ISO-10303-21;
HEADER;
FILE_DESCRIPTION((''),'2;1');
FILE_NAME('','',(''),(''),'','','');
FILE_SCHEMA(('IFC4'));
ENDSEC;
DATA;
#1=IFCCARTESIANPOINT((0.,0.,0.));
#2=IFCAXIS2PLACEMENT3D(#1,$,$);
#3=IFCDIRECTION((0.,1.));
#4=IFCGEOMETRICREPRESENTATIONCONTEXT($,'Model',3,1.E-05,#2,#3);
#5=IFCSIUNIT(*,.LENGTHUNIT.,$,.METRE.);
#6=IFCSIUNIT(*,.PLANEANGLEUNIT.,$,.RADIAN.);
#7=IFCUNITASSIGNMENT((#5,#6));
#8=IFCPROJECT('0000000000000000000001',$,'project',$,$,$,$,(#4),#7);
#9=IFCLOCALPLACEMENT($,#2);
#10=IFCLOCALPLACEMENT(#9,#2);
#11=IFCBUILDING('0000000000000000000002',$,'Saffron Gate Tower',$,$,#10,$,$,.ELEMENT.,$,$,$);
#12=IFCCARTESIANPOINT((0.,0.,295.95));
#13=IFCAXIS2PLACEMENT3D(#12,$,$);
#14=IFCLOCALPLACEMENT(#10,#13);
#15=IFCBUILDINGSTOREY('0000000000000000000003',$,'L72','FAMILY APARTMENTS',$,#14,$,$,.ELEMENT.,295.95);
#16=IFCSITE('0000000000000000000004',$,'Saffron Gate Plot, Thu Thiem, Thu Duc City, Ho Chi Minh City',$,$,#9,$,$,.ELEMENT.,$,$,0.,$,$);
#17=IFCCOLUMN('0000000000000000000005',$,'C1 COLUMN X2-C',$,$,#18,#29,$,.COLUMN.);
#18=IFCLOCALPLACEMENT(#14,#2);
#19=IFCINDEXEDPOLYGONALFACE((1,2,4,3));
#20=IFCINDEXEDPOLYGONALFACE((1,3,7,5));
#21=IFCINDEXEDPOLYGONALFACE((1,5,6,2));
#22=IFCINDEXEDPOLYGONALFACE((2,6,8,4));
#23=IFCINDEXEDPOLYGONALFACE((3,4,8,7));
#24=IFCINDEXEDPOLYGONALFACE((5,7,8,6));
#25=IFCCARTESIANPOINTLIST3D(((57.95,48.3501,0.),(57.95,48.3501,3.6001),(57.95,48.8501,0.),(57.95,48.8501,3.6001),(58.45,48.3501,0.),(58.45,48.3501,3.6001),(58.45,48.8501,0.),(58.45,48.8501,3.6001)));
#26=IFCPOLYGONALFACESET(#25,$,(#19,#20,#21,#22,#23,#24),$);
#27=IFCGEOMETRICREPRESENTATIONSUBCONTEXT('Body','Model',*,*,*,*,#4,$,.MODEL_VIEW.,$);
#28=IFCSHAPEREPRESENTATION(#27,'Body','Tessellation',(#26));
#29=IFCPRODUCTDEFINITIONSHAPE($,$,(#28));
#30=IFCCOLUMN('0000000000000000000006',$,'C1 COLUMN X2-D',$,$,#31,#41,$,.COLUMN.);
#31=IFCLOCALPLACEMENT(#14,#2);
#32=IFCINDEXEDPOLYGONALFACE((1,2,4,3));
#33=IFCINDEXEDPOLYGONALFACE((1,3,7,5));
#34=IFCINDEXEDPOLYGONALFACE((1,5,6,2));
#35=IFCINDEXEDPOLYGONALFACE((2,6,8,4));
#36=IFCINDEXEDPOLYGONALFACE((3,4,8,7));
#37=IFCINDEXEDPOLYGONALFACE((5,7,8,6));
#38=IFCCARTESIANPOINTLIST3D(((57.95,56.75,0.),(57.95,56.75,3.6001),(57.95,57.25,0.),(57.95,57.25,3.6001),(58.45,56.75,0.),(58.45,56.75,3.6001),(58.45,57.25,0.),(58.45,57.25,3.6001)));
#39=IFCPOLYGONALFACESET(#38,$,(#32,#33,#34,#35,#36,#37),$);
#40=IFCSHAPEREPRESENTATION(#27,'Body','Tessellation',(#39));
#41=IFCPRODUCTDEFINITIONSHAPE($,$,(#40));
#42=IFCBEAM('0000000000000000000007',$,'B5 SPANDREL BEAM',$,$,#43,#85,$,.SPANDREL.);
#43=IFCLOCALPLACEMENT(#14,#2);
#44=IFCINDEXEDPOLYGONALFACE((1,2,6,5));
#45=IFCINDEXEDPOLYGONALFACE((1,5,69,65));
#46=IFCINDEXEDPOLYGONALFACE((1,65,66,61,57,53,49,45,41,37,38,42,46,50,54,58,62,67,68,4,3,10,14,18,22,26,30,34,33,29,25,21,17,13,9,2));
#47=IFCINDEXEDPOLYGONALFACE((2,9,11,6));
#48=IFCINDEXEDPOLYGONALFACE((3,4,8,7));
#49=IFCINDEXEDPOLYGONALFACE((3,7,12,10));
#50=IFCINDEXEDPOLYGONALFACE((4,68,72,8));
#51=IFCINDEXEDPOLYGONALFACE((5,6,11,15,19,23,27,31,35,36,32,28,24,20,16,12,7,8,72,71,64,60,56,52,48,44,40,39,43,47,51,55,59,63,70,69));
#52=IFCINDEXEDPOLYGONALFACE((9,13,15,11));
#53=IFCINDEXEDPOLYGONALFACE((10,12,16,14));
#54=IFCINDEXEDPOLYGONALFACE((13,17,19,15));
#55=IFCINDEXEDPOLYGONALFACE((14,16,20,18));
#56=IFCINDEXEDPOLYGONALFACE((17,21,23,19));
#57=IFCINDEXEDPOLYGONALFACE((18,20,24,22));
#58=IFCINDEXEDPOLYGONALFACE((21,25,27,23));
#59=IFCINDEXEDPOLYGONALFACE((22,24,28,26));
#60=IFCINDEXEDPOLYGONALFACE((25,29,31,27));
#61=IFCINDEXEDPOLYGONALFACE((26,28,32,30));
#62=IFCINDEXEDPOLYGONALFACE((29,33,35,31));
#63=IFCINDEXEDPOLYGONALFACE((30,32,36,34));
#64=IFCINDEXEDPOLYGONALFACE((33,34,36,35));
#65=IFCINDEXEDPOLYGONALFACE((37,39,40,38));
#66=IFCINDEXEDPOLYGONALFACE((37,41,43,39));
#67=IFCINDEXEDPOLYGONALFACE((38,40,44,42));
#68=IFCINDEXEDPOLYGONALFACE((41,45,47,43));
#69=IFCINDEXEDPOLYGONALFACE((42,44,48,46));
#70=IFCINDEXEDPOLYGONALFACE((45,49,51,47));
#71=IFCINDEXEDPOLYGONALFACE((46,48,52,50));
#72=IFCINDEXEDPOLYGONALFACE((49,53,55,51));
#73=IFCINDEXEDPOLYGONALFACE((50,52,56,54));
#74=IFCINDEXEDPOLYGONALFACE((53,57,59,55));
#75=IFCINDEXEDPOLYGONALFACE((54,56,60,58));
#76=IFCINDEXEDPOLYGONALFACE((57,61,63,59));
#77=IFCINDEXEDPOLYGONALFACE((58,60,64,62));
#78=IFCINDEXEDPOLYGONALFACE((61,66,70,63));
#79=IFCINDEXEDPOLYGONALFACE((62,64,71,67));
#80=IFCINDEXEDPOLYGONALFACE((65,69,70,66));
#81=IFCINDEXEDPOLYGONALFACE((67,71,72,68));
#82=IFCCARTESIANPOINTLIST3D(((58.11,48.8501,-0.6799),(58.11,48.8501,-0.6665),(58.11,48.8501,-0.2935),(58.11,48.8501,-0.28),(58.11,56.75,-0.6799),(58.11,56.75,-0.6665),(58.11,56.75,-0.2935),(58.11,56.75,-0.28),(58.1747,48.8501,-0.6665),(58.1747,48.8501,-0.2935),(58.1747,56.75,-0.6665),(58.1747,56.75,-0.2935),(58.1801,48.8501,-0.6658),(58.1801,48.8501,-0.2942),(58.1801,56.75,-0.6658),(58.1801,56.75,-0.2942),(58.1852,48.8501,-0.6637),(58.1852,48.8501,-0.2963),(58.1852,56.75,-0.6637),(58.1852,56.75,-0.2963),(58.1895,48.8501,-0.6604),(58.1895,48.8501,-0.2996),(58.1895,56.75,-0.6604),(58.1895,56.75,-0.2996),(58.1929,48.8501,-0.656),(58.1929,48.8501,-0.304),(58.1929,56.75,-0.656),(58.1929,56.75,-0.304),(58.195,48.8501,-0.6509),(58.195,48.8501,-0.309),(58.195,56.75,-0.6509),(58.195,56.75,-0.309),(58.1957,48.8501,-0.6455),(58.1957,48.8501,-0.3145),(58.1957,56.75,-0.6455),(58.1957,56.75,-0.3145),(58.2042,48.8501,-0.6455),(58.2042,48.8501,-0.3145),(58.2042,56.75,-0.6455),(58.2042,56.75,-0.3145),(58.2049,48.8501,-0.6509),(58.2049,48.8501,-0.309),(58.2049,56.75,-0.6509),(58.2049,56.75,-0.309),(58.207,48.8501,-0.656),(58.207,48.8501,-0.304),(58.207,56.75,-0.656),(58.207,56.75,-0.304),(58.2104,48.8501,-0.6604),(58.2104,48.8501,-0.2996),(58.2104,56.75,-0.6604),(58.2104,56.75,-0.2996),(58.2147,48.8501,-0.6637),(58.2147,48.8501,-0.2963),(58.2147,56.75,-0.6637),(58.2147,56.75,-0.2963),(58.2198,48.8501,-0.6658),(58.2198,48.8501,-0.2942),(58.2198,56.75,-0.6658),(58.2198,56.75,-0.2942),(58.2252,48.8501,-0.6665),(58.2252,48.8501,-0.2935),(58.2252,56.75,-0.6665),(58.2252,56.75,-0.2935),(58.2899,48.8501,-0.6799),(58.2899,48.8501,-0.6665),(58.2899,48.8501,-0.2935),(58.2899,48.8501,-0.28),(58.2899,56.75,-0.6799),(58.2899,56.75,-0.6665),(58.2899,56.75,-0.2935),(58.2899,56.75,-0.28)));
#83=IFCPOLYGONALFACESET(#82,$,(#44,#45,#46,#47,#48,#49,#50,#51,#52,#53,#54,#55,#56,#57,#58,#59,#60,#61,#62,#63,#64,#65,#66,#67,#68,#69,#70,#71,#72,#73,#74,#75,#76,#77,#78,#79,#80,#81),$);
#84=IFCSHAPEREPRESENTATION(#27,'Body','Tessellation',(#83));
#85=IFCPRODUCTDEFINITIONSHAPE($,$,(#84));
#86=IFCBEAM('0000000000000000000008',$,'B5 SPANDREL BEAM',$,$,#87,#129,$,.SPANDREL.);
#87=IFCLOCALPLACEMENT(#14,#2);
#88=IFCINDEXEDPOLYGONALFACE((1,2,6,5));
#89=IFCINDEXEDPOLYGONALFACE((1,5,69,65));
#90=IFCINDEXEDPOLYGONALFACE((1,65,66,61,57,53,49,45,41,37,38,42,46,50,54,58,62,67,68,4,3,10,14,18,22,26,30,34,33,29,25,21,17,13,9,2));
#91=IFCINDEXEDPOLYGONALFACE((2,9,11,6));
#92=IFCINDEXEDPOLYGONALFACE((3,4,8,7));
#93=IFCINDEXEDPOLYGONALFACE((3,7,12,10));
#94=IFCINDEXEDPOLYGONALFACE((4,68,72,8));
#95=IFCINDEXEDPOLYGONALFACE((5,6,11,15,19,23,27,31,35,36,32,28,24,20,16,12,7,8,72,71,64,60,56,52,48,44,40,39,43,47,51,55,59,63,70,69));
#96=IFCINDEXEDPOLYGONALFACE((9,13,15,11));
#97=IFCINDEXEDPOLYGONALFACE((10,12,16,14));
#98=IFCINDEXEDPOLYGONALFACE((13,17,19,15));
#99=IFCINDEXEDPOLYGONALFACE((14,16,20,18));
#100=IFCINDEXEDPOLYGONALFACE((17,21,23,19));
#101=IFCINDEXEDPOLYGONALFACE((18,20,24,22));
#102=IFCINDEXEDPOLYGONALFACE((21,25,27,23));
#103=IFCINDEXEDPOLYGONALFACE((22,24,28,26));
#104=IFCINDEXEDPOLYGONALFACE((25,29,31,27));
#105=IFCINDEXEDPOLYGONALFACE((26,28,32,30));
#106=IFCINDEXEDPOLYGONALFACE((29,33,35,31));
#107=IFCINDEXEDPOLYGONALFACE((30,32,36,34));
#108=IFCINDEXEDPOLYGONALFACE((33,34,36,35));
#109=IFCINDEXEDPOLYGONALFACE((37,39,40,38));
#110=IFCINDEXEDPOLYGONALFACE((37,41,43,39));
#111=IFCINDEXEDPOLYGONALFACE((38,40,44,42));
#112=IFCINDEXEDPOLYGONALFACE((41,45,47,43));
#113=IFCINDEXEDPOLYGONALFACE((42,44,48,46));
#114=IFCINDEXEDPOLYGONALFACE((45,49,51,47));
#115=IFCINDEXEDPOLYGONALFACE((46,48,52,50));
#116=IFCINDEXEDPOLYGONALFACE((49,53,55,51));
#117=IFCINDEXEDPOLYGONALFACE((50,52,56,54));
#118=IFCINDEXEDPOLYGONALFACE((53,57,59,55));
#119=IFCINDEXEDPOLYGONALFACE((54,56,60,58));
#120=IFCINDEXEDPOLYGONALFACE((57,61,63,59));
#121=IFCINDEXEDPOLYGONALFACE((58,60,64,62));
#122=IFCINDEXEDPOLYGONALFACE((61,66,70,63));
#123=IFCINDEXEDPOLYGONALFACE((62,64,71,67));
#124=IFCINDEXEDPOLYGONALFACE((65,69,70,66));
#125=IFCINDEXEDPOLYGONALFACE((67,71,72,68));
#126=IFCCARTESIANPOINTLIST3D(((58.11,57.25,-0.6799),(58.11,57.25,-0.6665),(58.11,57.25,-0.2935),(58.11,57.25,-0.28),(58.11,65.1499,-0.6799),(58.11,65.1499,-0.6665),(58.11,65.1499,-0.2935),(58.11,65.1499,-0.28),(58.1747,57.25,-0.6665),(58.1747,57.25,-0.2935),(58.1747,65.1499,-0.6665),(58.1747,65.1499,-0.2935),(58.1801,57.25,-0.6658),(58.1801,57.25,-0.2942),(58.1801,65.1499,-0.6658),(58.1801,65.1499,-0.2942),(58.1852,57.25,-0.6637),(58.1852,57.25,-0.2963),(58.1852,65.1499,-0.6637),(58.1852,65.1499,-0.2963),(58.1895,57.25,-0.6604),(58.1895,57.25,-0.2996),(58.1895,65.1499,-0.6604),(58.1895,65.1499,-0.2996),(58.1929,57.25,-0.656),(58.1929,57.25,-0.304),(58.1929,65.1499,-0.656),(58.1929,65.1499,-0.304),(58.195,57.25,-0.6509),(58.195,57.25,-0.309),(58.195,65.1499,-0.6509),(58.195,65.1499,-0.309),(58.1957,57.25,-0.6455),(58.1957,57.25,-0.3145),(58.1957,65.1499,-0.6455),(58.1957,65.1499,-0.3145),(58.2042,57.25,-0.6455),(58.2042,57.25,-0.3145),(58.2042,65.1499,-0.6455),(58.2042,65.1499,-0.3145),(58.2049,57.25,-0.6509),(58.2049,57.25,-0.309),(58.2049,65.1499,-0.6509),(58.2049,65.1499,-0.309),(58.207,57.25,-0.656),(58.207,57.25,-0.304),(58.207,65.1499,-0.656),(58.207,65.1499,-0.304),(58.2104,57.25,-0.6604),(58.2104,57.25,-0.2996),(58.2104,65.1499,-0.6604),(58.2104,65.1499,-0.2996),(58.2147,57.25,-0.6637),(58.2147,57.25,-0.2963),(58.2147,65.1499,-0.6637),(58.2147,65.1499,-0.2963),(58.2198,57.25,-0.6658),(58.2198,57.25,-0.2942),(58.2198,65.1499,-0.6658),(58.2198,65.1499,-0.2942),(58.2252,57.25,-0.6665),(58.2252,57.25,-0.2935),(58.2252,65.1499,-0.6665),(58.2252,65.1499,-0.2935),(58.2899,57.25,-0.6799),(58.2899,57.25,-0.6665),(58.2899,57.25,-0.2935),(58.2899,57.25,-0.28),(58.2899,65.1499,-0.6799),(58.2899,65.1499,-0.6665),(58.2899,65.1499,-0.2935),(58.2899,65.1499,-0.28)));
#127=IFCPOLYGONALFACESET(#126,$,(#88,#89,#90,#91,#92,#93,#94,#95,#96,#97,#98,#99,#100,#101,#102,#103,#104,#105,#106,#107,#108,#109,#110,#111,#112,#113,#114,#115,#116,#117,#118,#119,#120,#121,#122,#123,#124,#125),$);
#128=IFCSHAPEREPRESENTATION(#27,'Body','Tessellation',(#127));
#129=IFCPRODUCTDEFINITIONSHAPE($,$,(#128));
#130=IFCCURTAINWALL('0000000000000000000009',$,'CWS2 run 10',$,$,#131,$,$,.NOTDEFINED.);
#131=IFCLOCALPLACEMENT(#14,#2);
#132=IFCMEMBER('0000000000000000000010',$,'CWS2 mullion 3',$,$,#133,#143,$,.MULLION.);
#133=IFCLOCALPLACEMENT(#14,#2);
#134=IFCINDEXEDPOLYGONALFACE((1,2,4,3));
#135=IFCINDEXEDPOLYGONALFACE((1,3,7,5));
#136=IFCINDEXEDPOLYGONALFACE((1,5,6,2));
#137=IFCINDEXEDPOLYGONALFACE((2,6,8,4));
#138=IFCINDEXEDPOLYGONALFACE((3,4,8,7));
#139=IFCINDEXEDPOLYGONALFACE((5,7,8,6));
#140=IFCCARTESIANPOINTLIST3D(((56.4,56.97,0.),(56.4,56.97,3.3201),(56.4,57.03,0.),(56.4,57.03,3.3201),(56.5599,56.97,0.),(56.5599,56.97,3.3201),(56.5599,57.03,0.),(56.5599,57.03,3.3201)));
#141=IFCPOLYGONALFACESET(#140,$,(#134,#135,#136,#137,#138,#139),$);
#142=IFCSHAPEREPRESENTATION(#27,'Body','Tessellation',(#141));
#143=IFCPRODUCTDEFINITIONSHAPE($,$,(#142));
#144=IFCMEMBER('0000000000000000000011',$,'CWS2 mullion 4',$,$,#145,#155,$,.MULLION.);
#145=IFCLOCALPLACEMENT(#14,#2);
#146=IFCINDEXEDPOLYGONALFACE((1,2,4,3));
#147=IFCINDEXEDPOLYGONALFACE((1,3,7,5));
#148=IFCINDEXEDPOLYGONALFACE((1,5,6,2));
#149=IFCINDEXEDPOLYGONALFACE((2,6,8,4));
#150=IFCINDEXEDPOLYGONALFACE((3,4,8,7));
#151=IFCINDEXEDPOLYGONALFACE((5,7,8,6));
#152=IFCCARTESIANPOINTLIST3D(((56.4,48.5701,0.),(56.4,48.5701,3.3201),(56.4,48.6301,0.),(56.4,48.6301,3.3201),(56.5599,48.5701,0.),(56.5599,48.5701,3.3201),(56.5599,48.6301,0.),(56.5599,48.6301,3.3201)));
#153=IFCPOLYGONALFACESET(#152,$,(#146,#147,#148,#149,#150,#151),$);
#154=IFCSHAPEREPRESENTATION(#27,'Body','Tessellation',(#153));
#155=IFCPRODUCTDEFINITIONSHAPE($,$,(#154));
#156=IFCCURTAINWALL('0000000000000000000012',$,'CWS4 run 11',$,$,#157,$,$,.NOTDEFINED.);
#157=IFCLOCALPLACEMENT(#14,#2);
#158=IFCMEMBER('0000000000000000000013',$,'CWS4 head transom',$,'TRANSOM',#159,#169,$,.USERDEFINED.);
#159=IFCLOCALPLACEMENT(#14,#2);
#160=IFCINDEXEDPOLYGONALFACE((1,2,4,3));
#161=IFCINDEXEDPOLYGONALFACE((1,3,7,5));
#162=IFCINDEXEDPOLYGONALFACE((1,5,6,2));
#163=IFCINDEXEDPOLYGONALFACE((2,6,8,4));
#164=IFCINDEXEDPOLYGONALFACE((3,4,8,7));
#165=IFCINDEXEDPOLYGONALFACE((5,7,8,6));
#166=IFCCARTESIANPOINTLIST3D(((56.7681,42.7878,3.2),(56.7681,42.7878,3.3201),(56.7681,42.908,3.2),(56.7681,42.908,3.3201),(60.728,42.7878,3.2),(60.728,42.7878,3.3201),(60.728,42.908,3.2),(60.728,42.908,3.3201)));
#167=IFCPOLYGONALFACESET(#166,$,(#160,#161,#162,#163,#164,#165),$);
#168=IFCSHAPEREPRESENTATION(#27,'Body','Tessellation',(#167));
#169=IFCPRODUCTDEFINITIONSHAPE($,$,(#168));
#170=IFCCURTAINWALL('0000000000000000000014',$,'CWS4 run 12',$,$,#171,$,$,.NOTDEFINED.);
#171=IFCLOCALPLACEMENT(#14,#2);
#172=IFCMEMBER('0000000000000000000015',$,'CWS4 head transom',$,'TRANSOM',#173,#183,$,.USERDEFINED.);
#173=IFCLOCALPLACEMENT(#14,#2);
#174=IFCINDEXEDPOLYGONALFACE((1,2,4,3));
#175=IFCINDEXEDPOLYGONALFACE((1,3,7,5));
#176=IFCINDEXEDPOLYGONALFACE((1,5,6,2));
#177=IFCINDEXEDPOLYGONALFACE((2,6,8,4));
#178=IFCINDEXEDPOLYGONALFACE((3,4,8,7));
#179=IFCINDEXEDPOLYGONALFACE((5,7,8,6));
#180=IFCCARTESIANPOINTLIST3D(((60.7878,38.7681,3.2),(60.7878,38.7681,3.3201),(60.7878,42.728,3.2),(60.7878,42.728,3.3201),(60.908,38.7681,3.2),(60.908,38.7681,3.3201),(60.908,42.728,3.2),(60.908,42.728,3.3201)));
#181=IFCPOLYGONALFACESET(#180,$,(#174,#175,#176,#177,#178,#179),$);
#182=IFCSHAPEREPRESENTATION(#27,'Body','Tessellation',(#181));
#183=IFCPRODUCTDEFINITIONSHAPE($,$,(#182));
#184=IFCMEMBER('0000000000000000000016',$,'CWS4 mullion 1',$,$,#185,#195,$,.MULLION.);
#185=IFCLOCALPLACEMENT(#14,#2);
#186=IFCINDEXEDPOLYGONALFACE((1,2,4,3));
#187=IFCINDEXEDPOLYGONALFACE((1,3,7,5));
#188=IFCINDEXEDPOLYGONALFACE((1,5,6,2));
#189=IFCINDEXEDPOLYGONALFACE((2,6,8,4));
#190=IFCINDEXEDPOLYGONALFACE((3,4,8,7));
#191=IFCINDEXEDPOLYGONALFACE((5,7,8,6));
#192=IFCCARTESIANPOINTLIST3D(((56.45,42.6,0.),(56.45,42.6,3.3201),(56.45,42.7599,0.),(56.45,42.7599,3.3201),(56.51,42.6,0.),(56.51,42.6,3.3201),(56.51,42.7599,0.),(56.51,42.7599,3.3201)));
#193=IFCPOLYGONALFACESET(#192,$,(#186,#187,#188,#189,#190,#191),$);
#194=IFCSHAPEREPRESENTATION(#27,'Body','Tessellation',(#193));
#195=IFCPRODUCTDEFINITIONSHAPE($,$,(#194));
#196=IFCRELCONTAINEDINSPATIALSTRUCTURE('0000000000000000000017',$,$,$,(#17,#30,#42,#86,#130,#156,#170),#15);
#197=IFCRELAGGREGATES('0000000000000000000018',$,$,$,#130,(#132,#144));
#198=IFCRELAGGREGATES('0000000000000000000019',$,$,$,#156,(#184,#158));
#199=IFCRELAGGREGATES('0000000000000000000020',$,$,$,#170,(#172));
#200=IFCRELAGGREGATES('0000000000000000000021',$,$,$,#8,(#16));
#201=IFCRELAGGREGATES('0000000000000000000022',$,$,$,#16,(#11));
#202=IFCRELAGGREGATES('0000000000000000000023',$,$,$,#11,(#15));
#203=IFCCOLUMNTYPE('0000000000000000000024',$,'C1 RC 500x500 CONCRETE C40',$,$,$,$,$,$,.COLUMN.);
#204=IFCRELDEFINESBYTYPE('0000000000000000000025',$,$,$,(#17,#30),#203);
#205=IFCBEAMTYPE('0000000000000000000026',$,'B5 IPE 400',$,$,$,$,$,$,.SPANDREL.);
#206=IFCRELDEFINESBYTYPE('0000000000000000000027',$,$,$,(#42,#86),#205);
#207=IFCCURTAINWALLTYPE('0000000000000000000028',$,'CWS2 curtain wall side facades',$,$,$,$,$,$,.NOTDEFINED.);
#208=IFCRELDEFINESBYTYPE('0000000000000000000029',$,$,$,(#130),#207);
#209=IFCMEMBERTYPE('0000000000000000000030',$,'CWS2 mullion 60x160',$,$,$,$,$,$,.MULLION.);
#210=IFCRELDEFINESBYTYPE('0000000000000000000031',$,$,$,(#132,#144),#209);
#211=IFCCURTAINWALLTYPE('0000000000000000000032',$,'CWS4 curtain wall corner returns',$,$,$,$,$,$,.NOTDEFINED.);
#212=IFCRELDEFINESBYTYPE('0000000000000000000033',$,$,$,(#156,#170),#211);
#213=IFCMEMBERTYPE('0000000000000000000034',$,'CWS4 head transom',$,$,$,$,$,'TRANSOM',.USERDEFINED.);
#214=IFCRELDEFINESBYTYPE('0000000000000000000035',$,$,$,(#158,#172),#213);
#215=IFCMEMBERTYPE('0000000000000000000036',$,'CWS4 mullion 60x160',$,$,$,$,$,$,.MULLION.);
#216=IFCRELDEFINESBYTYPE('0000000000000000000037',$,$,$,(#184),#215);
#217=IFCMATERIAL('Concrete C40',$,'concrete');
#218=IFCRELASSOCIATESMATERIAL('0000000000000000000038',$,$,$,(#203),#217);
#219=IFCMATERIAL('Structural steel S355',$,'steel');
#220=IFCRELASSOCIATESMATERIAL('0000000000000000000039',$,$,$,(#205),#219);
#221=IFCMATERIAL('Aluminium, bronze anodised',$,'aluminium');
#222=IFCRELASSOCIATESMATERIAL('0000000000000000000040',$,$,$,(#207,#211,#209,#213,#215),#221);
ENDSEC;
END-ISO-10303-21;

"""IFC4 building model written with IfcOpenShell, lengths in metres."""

from ifc_helpers import new_model, si_unit, direction, frame, origin, origin_2d, place, context, subcontext, project, spatial, rectangle, i_section, extrude, material, material_profile, profile_set, type_object, element, aggregate, save


model = new_model("IFC4")

# Units and contexts
model_context = context("Model", 3, precision=1e-05, world=origin(), true_north=direction((0.0, 1.0)))
body_context = subcontext(model_context, "Body", "Model", "MODEL_VIEW")
ifc_project = project(units=[si_unit("LENGTHUNIT", "METRE"), si_unit("PLANEANGLEUNIT", "RADIAN")], contexts=[model_context])

# Site, building, storey
site_placement = place(None, origin())
site = spatial("IfcSite", under=ifc_project, at=site_placement, Name="Saffron Gate Plot, Thu Thiem, Thu Duc City, Ho Chi Minh City", CompositionType="ELEMENT", RefElevation=0.0)
building_placement = place(site_placement, origin())
building = spatial("IfcBuilding", under=site, at=building_placement, Name="Saffron Gate Tower", CompositionType="ELEMENT")
storey_placement = place(building_placement, frame((0.0, 0.0, 295.95)))
storey = spatial("IfcBuildingStorey", under=building, at=storey_placement, Name="L72", Description="FAMILY APARTMENTS", CompositionType="ELEMENT", Elevation=295.95)

# Columns
ifc_material_1 = material(Name="Concrete C40", Category="concrete")
ifc_material_profile_1 = material_profile(ifc_material_1, rectangle(XDim=0.5, YDim=0.5, at=origin_2d()))
ifc_profile_set_1 = profile_set([ifc_material_profile_1], Name="Concrete C40")
column_type = type_object("IfcColumnType", Name="C1 RC 500x500 CONCRETE C40", PredefinedType="COLUMN", material=ifc_profile_set_1)
for number, where, z_axis, x_axis, name in (
    (1, (58.2, 48.6001, 0.0), (0.0, 0.0, 1.0), (1.0, 0.0, 0.0), "C1 COLUMN X2-C"),
    (2, (58.2, 57.0, 0.0), (0.0, 0.0, 1.0), (1.0, 0.0, 0.0), "C1 COLUMN X2-D"),
):
    element("IfcColumn", number, at=place(storey_placement, frame(where, z_axis=z_axis, x_axis=x_axis)), inside=storey, type_object=column_type, Name=name, PredefinedType="COLUMN", context=body_context, shape_type="SweptSolid", body=[
        extrude(rectangle(XDim=0.5, YDim=0.5, at=origin_2d()), origin(), (0.0, 0.0, 1.0), 3.6001),
    ])

# Beams
ifc_material_2 = material(Name="Structural steel S355", Category="steel")
ifc_material_profile_2 = material_profile(ifc_material_2, i_section(OverallWidth=0.1799, OverallDepth=0.3999, WebThickness=0.0085, FlangeThickness=0.0134, FilletRadius=0.021, at=origin_2d()))
ifc_profile_set_2 = profile_set([ifc_material_profile_2], Name="Structural steel S355")
beam_type = type_object("IfcBeamType", Name="B5 IPE 400", PredefinedType="SPANDREL", material=ifc_profile_set_2)
for number, where, z_axis, x_axis, name in (
    (3, (58.2, 48.8501, -0.48), (0.0, 1.0, 0.0), (-1.0, 0.0, 0.0), "B5 SPANDREL BEAM"),
    (4, (58.2, 57.25, -0.48), (0.0, 1.0, 0.0), (-1.0, 0.0, 0.0), "B5 SPANDREL BEAM"),
):
    element("IfcBeam", number, at=place(storey_placement, frame(where, z_axis=z_axis, x_axis=x_axis)), inside=storey, type_object=beam_type, Name=name, PredefinedType="SPANDREL", context=body_context, shape_type="SweptSolid", body=[
        extrude(i_section(OverallWidth=0.1799, OverallDepth=0.3999, WebThickness=0.0085, FlangeThickness=0.0134, FilletRadius=0.021, at=origin_2d()), origin(), (0.0, 0.0, 1.0), 7.8999),
    ])

# Curtain wall, members
ifc_material_3 = material(Name="Aluminium, bronze anodised", Category="aluminium")
curtain_wall_type_1 = type_object("IfcCurtainWallType", Name="CWS2 curtain wall side facades", PredefinedType="NOTDEFINED", material=ifc_material_3)
curtain_wall_1_placement = place(storey_placement, origin())
curtain_wall_1 = element("IfcCurtainWall", 5, at=curtain_wall_1_placement, inside=storey, type_object=curtain_wall_type_1, Name="CWS2 run 10", PredefinedType="NOTDEFINED")
ifc_material_profile_3 = material_profile(ifc_material_3, rectangle(XDim=0.1599, YDim=0.0601, at=origin_2d()))
ifc_profile_set_3 = profile_set([ifc_material_profile_3], Name="Aluminium, bronze anodised")
member_type_1 = type_object("IfcMemberType", Name="CWS2 mullion 60x160", PredefinedType="MULLION", material=ifc_profile_set_3)
member_1_placement = place(storey_placement, frame((56.48, 57.0, 0.0), z_axis=(0.0, 0.0, 1.0), x_axis=(1.0, 0.0, 0.0)))
member_1 = element("IfcMember", 6, at=member_1_placement, type_object=member_type_1, Name="CWS2 mullion 3", PredefinedType="MULLION", context=body_context, shape_type="SweptSolid", body=[
    extrude(rectangle(XDim=0.1599, YDim=0.0601, at=origin_2d()), origin(), (0.0, 0.0, 1.0), 3.3201),
])
member_2_placement = place(storey_placement, frame((56.48, 48.6001, 0.0), z_axis=(0.0, 0.0, 1.0), x_axis=(1.0, 0.0, 0.0)))
member_2 = element("IfcMember", 7, at=member_2_placement, type_object=member_type_1, Name="CWS2 mullion 4", PredefinedType="MULLION", context=body_context, shape_type="SweptSolid", body=[
    extrude(rectangle(XDim=0.1599, YDim=0.0601, at=origin_2d()), origin(), (0.0, 0.0, 1.0), 3.3201),
])
aggregate(curtain_wall_1, [member_1, member_2])

# Curtain walls, members
curtain_wall_type_2 = type_object("IfcCurtainWallType", Name="CWS4 curtain wall corner returns", PredefinedType="NOTDEFINED", material=ifc_material_3)
curtain_wall_2_placement = place(storey_placement, origin())
curtain_wall_2 = element("IfcCurtainWall", 8, at=curtain_wall_2_placement, inside=storey, type_object=curtain_wall_type_2, Name="CWS4 run 11", PredefinedType="NOTDEFINED")
ifc_material_profile_4 = material_profile(ifc_material_3, rectangle(XDim=0.1201, YDim=0.1201, at=origin_2d()))
ifc_profile_set_4 = profile_set([ifc_material_profile_4], Name="Aluminium, bronze anodised")
member_type_2 = type_object("IfcMemberType", Name="CWS4 head transom", ElementType="TRANSOM", PredefinedType="USERDEFINED", material=ifc_profile_set_4)
member_3_placement = place(storey_placement, frame((56.7681, 42.8479, 3.26), z_axis=(1.0, 0.0, 0.0), x_axis=(0.0, 1.0, 0.0)))
member_3 = element("IfcMember", 9, at=member_3_placement, type_object=member_type_2, Name="CWS4 head transom", ObjectType="TRANSOM", PredefinedType="USERDEFINED", context=body_context, shape_type="SweptSolid", body=[
    extrude(rectangle(XDim=0.1201, YDim=0.1201, at=origin_2d()), origin(), (0.0, 0.0, 1.0), 3.96),
])
curtain_wall_3_placement = place(storey_placement, origin())
curtain_wall_3 = element("IfcCurtainWall", 10, at=curtain_wall_3_placement, inside=storey, type_object=curtain_wall_type_2, Name="CWS4 run 12", PredefinedType="NOTDEFINED")
member_4_placement = place(storey_placement, frame((60.8479, 42.728, 3.26), z_axis=(0.0, -1.0, 0.0), x_axis=(1.0, 0.0, 0.0)))
member_4 = element("IfcMember", 11, at=member_4_placement, type_object=member_type_2, Name="CWS4 head transom", ObjectType="TRANSOM", PredefinedType="USERDEFINED", context=body_context, shape_type="SweptSolid", body=[
    extrude(rectangle(XDim=0.1201, YDim=0.1201, at=origin_2d()), origin(), (0.0, 0.0, 1.0), 3.96),
])

# Member
ifc_material_profile_5 = material_profile(ifc_material_3, rectangle(XDim=0.1599, YDim=0.0601, at=origin_2d()))
ifc_profile_set_5 = profile_set([ifc_material_profile_5], Name="Aluminium, bronze anodised")
member_type_3 = type_object("IfcMemberType", Name="CWS4 mullion 60x160", PredefinedType="MULLION", material=ifc_profile_set_5)
member_5_placement = place(storey_placement, frame((56.48, 42.6799, 0.0), z_axis=(0.0, 0.0, 1.0), x_axis=(0.0, 1.0, 0.0)))
member_5 = element("IfcMember", 12, at=member_5_placement, type_object=member_type_3, Name="CWS4 mullion 1", PredefinedType="MULLION", context=body_context, shape_type="SweptSolid", body=[
    extrude(rectangle(XDim=0.1599, YDim=0.0601, at=origin_2d()), origin(), (0.0, 0.0, 1.0), 3.3201),
])

aggregate(curtain_wall_2, [member_5, member_3])
aggregate(curtain_wall_3, [member_4])

save(model, "model.ifc")
